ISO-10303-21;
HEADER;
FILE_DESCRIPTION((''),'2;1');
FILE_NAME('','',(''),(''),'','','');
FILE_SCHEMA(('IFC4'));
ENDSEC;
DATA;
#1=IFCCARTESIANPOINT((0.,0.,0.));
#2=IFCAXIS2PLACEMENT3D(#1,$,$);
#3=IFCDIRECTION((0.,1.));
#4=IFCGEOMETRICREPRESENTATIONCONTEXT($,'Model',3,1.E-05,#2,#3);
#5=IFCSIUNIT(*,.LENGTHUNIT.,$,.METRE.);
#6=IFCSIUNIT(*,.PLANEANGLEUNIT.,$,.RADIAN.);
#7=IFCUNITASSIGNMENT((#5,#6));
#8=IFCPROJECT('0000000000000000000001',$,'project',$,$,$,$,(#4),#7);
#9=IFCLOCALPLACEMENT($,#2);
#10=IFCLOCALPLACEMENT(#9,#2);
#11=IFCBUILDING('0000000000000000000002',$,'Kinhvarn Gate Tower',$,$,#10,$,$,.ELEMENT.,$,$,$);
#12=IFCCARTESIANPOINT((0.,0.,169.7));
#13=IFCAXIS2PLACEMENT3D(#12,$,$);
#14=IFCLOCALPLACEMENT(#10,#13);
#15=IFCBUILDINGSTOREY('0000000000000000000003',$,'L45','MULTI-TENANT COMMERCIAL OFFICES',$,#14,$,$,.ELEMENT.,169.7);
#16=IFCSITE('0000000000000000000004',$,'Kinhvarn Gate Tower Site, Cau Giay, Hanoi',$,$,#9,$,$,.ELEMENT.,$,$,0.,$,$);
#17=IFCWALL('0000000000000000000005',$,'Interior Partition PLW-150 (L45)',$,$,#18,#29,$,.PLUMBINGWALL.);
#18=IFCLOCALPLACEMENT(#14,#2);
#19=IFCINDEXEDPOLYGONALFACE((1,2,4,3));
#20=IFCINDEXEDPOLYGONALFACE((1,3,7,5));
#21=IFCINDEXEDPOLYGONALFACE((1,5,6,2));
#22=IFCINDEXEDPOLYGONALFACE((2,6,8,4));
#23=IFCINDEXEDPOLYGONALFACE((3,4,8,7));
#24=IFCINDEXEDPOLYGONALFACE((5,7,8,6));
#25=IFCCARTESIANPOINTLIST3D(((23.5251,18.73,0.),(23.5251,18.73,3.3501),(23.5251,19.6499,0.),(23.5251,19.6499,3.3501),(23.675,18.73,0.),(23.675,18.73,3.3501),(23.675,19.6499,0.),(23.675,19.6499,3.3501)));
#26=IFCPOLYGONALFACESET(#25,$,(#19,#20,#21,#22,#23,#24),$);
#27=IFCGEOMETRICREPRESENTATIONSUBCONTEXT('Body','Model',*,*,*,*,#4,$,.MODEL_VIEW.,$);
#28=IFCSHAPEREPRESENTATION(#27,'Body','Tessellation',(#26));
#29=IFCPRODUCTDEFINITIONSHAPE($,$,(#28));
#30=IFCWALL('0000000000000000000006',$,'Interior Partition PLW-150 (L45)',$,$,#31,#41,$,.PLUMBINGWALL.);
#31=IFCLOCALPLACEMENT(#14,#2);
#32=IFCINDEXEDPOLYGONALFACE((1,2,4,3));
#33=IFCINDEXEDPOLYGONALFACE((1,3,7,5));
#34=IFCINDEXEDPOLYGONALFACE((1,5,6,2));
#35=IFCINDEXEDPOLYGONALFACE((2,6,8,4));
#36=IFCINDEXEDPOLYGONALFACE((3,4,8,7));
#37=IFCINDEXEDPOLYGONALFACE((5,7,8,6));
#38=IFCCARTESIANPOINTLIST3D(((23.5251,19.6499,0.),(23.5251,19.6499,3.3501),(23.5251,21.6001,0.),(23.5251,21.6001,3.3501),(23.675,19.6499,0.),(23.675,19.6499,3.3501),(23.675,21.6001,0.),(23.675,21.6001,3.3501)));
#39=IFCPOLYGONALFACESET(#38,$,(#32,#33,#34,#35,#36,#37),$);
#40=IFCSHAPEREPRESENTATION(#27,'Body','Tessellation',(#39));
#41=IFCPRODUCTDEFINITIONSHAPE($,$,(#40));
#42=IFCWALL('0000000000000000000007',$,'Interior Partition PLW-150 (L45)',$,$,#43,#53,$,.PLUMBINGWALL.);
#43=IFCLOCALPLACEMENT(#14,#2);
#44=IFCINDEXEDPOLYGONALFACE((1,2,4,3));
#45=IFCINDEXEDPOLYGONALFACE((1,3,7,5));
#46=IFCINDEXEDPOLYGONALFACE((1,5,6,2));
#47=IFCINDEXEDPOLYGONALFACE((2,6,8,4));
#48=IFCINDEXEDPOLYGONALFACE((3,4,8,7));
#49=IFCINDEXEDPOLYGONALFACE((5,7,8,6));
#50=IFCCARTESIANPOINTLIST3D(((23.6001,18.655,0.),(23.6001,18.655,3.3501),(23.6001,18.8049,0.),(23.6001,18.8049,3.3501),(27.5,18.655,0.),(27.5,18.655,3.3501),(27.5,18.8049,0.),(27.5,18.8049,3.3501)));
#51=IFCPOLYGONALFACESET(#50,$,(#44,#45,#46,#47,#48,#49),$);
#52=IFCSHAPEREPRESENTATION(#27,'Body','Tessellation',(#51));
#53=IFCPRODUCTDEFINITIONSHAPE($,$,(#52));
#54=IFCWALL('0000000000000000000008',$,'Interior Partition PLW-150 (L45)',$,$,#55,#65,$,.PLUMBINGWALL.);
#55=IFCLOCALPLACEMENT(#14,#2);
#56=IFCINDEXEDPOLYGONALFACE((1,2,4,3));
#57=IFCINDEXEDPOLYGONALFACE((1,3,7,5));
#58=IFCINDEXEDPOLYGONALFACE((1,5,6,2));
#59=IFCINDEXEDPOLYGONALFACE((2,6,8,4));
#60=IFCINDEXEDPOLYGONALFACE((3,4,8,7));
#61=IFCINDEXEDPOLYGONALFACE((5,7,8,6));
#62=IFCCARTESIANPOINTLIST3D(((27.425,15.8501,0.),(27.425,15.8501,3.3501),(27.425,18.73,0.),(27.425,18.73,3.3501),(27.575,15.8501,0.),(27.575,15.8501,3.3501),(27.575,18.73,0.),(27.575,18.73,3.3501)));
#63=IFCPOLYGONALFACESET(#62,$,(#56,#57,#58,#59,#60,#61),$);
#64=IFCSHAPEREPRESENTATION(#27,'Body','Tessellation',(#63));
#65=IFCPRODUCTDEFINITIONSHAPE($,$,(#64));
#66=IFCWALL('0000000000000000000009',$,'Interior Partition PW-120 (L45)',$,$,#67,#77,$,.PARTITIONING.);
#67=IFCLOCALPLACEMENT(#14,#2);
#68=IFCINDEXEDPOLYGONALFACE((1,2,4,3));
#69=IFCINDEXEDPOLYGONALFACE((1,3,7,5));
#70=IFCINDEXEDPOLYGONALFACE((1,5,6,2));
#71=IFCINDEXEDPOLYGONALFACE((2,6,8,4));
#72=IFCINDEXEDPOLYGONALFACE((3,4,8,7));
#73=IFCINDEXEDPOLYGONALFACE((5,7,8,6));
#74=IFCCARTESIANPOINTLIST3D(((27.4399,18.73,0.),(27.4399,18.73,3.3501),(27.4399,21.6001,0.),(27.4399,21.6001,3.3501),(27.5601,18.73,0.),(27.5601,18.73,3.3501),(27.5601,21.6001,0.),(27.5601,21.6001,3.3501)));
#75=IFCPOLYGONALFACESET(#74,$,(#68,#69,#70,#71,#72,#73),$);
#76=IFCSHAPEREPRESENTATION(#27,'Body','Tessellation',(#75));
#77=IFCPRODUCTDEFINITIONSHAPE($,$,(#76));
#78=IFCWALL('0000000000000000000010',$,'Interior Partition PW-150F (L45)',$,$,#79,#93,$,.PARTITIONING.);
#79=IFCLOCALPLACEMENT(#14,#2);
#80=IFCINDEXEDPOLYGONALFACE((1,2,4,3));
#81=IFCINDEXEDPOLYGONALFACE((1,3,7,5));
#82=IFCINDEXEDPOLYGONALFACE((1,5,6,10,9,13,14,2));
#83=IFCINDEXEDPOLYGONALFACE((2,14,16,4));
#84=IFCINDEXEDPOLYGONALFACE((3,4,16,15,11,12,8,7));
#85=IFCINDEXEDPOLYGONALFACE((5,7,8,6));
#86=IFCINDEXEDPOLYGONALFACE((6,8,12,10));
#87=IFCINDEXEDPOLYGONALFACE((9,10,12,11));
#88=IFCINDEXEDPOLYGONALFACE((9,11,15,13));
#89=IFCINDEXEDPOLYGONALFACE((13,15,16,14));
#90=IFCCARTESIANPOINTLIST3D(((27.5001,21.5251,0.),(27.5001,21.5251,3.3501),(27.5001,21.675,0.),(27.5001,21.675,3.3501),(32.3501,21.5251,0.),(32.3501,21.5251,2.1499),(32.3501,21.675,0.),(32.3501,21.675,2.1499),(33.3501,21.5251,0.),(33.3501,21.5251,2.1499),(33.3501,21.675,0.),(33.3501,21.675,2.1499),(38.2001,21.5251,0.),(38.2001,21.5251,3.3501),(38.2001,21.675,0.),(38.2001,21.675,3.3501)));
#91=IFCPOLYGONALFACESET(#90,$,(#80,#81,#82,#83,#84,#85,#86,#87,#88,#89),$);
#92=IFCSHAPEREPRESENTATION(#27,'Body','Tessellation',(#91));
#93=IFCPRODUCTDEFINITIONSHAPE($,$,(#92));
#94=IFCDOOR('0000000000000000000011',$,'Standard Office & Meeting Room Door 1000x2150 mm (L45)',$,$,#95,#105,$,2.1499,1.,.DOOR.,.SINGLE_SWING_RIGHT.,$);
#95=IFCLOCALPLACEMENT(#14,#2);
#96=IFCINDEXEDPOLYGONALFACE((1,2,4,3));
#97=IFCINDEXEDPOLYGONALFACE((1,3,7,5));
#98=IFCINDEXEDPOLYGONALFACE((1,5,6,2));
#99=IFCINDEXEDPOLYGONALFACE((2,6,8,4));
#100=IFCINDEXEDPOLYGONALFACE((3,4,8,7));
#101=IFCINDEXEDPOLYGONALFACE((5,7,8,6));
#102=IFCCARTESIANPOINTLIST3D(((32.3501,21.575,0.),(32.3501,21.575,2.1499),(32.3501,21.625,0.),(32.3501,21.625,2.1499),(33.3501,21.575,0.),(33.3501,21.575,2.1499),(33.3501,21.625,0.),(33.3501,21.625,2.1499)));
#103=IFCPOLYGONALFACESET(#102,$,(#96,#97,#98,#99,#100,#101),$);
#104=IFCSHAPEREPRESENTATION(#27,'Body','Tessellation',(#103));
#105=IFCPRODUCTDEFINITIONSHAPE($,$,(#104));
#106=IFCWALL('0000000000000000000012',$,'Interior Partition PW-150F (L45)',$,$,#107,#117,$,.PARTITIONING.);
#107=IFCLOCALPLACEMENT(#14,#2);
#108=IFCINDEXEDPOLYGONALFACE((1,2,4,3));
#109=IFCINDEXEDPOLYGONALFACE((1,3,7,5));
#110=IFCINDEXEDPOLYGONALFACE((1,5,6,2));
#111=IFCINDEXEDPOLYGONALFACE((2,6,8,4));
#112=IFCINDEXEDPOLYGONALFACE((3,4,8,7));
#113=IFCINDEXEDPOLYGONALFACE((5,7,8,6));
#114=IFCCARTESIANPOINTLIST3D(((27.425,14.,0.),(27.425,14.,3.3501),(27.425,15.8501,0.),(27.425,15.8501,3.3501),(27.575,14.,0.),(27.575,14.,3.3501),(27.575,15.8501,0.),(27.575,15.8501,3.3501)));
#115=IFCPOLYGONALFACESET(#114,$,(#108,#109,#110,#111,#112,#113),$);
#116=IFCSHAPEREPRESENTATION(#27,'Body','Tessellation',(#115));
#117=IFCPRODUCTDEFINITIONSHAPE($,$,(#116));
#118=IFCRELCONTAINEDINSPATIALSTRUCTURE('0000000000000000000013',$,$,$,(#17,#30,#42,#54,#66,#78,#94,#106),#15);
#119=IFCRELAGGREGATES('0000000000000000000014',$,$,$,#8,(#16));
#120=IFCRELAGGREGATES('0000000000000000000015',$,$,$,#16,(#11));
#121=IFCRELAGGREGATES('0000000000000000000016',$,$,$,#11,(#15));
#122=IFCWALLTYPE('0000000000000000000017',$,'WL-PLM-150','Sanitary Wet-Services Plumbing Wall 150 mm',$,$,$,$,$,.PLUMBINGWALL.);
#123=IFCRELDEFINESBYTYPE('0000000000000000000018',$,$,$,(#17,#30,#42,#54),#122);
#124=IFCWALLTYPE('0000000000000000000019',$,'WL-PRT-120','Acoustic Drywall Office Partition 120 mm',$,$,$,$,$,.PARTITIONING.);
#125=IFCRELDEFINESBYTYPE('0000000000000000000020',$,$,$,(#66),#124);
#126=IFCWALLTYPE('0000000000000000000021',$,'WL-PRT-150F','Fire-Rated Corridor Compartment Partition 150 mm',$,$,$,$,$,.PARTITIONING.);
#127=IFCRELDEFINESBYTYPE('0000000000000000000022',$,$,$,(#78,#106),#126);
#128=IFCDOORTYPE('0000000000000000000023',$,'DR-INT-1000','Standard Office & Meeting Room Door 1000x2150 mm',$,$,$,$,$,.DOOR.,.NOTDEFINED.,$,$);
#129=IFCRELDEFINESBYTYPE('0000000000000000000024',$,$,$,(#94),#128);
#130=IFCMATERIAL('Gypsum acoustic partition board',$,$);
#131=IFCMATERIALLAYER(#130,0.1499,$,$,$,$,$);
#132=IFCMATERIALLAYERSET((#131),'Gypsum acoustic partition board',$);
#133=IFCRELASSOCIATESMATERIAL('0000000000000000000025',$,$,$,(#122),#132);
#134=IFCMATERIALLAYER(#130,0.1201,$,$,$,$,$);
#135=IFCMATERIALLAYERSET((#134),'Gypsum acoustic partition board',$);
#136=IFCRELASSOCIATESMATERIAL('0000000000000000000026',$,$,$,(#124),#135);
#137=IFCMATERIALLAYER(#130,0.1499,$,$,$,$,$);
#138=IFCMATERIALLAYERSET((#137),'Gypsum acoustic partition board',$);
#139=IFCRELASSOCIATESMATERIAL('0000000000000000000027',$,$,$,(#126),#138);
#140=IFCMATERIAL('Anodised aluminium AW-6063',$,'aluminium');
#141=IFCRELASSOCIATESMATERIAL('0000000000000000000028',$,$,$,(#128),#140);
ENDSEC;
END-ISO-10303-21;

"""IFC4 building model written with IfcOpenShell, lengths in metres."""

from ifc_helpers import new_model, si_unit, direction, frame, frame_2d, origin, place, context, subcontext, project, spatial, rectangle, extrude, material, layer, layer_set, type_object, element, fill, save


model = new_model("IFC4")

# Units and contexts
model_context = context("Model", 3, precision=1e-05, world=origin(), true_north=direction((0.0, 1.0)))
body_context = subcontext(model_context, "Body", "Model", "MODEL_VIEW")
ifc_project = project(units=[si_unit("LENGTHUNIT", "METRE"), si_unit("PLANEANGLEUNIT", "RADIAN")], contexts=[model_context])

# Site, building, storey
site_placement = place(None, origin())
site = spatial("IfcSite", under=ifc_project, at=site_placement, Name="Kinhvarn Gate Tower Site, Cau Giay, Hanoi", CompositionType="ELEMENT", RefElevation=0.0)
building_placement = place(site_placement, origin())
building = spatial("IfcBuilding", under=site, at=building_placement, Name="Kinhvarn Gate Tower", CompositionType="ELEMENT")
storey_placement = place(building_placement, frame((0.0, 0.0, 169.7)))
storey = spatial("IfcBuildingStorey", under=building, at=storey_placement, Name="L45", Description="MULTI-TENANT COMMERCIAL OFFICES", CompositionType="ELEMENT", Elevation=169.7)

# Walls
ifc_material_1 = material(Name="Gypsum acoustic partition board")
ifc_layer_1 = layer(ifc_material_1, 0.1499)
ifc_layer_set_1 = layer_set([ifc_layer_1], Name="Gypsum acoustic partition board")
wall_type_1 = type_object("IfcWallType", Name="WL-PLM-150", Description="Sanitary Wet-Services Plumbing Wall 150 mm", PredefinedType="PLUMBINGWALL", material=ifc_layer_set_1)
wall_1_placement = place(storey_placement, frame((23.6001, 18.73, 0.0), z_axis=(0.0, 0.0, 1.0), x_axis=(0.0, 1.0, 0.0)))
element("IfcWall", 1, at=wall_1_placement, inside=storey, type_object=wall_type_1, Name="Interior Partition PLW-150 (L45)", PredefinedType="PLUMBINGWALL", context=body_context, shape_type="SweptSolid", body=[
    extrude(rectangle(XDim=0.9199, YDim=0.1499, at=frame_2d((0.46, 0.0))), origin(), (0.0, 0.0, 1.0), 3.3501),
])
wall_2_placement = place(storey_placement, frame((23.6001, 19.6499, 0.0), z_axis=(0.0, 0.0, 1.0), x_axis=(0.0, 1.0, 0.0)))
element("IfcWall", 2, at=wall_2_placement, inside=storey, type_object=wall_type_1, Name="Interior Partition PLW-150 (L45)", PredefinedType="PLUMBINGWALL", context=body_context, shape_type="SweptSolid", body=[
    extrude(rectangle(XDim=1.9502, YDim=0.1499, at=frame_2d((0.9751, 0.0))), origin(), (0.0, 0.0, 1.0), 3.3501),
])
wall_3_placement = place(storey_placement, frame((23.6001, 18.73, 0.0), z_axis=(0.0, 0.0, 1.0), x_axis=(1.0, 0.0, 0.0)))
element("IfcWall", 3, at=wall_3_placement, inside=storey, type_object=wall_type_1, Name="Interior Partition PLW-150 (L45)", PredefinedType="PLUMBINGWALL", context=body_context, shape_type="SweptSolid", body=[
    extrude(rectangle(XDim=3.8999, YDim=0.1499, at=frame_2d((1.95, 0.0))), origin(), (0.0, 0.0, 1.0), 3.3501),
])
wall_4_placement = place(storey_placement, frame((27.5, 15.8501, 0.0), z_axis=(0.0, 0.0, 1.0), x_axis=(0.0, 1.0, 0.0)))
element("IfcWall", 4, at=wall_4_placement, inside=storey, type_object=wall_type_1, Name="Interior Partition PLW-150 (L45)", PredefinedType="PLUMBINGWALL", context=body_context, shape_type="SweptSolid", body=[
    extrude(rectangle(XDim=2.8799, YDim=0.1499, at=frame_2d((1.4399, 0.0))), origin(), (0.0, 0.0, 1.0), 3.3501),
])
ifc_layer_2 = layer(ifc_material_1, 0.1201)
ifc_layer_set_2 = layer_set([ifc_layer_2], Name="Gypsum acoustic partition board")
wall_type_2 = type_object("IfcWallType", Name="WL-PRT-120", Description="Acoustic Drywall Office Partition 120 mm", PredefinedType="PARTITIONING", material=ifc_layer_set_2)
wall_5_placement = place(storey_placement, frame((27.5, 18.73, 0.0), z_axis=(0.0, 0.0, 1.0), x_axis=(0.0, 1.0, 0.0)))
element("IfcWall", 5, at=wall_5_placement, inside=storey, type_object=wall_type_2, Name="Interior Partition PW-120 (L45)", PredefinedType="PARTITIONING", context=body_context, shape_type="SweptSolid", body=[
    extrude(rectangle(XDim=2.8701, YDim=0.1201, at=frame_2d((1.4351, 0.0))), origin(), (0.0, 0.0, 1.0), 3.3501),
])

# Wall, opening, door
ifc_layer_3 = layer(ifc_material_1, 0.1499)
ifc_layer_set_3 = layer_set([ifc_layer_3], Name="Gypsum acoustic partition board")
wall_type_3 = type_object("IfcWallType", Name="WL-PRT-150F", Description="Fire-Rated Corridor Compartment Partition 150 mm", PredefinedType="PARTITIONING", material=ifc_layer_set_3)
wall_6_placement = place(storey_placement, frame((27.5, 21.6001, 0.0), z_axis=(0.0, 0.0, 1.0), x_axis=(1.0, 0.0, 0.0)))
wall_6 = element("IfcWall", 6, at=wall_6_placement, inside=storey, type_object=wall_type_3, Name="Interior Partition PW-150F (L45)", PredefinedType="PARTITIONING", context=body_context, shape_type="SweptSolid", body=[
    extrude(rectangle(XDim=10.7, YDim=0.1499, at=frame_2d((5.3501, 0.0))), origin(), (0.0, 0.0, 1.0), 3.3501),
])
opening_placement = place(wall_6_placement, frame((4.8501, 0.0, 0.0)))
opening = element("IfcOpeningElement", 7, at=opening_placement, cuts=wall_6, PredefinedType="OPENING", context=body_context, shape_type="SweptSolid", body=[
    extrude(rectangle(XDim=1.0, YDim=2.1499, at=frame_2d((0.5, 1.075))), frame((0.0, 0.085, 0.0), z_axis=(0.0, -1.0, 0.0), x_axis=(1.0, 0.0, 0.0)), (0.0, 0.0, 1.0), 0.1699),
])
ifc_material_2 = material(Name="Anodised aluminium AW-6063", Category="aluminium")
door_type = type_object("IfcDoorType", Name="DR-INT-1000", Description="Standard Office & Meeting Room Door 1000x2150 mm", OperationType="NOTDEFINED", PredefinedType="DOOR", material=ifc_material_2)
door_placement = place(opening_placement, origin())
door = element("IfcDoor", 8, at=door_placement, inside=storey, type_object=door_type, Name="Standard Office & Meeting Room Door 1000x2150 mm (L45)", OperationType="SINGLE_SWING_RIGHT", OverallHeight=2.1499, OverallWidth=1.0, PredefinedType="DOOR", context=body_context, shape_type="SweptSolid", body=[
    extrude(rectangle(XDim=1.0, YDim=2.1499, at=frame_2d((0.5, 1.075))), frame((0.0, 0.0249, 0.0), z_axis=(0.0, -1.0, 0.0), x_axis=(1.0, 0.0, 0.0)), (0.0, 0.0, 1.0), 0.05),
])
fill(opening, door)

# Wall
wall_7_placement = place(storey_placement, frame((27.5, 14.0, 0.0), z_axis=(0.0, 0.0, 1.0), x_axis=(0.0, 1.0, 0.0)))
element("IfcWall", 9, at=wall_7_placement, inside=storey, type_object=wall_type_3, Name="Interior Partition PW-150F (L45)", PredefinedType="PARTITIONING", context=body_context, shape_type="SweptSolid", body=[
    extrude(rectangle(XDim=1.8501, YDim=0.1499, at=frame_2d((0.925, 0.0))), origin(), (0.0, 0.0, 1.0), 3.3501),
])

save(model, "model.ifc")
